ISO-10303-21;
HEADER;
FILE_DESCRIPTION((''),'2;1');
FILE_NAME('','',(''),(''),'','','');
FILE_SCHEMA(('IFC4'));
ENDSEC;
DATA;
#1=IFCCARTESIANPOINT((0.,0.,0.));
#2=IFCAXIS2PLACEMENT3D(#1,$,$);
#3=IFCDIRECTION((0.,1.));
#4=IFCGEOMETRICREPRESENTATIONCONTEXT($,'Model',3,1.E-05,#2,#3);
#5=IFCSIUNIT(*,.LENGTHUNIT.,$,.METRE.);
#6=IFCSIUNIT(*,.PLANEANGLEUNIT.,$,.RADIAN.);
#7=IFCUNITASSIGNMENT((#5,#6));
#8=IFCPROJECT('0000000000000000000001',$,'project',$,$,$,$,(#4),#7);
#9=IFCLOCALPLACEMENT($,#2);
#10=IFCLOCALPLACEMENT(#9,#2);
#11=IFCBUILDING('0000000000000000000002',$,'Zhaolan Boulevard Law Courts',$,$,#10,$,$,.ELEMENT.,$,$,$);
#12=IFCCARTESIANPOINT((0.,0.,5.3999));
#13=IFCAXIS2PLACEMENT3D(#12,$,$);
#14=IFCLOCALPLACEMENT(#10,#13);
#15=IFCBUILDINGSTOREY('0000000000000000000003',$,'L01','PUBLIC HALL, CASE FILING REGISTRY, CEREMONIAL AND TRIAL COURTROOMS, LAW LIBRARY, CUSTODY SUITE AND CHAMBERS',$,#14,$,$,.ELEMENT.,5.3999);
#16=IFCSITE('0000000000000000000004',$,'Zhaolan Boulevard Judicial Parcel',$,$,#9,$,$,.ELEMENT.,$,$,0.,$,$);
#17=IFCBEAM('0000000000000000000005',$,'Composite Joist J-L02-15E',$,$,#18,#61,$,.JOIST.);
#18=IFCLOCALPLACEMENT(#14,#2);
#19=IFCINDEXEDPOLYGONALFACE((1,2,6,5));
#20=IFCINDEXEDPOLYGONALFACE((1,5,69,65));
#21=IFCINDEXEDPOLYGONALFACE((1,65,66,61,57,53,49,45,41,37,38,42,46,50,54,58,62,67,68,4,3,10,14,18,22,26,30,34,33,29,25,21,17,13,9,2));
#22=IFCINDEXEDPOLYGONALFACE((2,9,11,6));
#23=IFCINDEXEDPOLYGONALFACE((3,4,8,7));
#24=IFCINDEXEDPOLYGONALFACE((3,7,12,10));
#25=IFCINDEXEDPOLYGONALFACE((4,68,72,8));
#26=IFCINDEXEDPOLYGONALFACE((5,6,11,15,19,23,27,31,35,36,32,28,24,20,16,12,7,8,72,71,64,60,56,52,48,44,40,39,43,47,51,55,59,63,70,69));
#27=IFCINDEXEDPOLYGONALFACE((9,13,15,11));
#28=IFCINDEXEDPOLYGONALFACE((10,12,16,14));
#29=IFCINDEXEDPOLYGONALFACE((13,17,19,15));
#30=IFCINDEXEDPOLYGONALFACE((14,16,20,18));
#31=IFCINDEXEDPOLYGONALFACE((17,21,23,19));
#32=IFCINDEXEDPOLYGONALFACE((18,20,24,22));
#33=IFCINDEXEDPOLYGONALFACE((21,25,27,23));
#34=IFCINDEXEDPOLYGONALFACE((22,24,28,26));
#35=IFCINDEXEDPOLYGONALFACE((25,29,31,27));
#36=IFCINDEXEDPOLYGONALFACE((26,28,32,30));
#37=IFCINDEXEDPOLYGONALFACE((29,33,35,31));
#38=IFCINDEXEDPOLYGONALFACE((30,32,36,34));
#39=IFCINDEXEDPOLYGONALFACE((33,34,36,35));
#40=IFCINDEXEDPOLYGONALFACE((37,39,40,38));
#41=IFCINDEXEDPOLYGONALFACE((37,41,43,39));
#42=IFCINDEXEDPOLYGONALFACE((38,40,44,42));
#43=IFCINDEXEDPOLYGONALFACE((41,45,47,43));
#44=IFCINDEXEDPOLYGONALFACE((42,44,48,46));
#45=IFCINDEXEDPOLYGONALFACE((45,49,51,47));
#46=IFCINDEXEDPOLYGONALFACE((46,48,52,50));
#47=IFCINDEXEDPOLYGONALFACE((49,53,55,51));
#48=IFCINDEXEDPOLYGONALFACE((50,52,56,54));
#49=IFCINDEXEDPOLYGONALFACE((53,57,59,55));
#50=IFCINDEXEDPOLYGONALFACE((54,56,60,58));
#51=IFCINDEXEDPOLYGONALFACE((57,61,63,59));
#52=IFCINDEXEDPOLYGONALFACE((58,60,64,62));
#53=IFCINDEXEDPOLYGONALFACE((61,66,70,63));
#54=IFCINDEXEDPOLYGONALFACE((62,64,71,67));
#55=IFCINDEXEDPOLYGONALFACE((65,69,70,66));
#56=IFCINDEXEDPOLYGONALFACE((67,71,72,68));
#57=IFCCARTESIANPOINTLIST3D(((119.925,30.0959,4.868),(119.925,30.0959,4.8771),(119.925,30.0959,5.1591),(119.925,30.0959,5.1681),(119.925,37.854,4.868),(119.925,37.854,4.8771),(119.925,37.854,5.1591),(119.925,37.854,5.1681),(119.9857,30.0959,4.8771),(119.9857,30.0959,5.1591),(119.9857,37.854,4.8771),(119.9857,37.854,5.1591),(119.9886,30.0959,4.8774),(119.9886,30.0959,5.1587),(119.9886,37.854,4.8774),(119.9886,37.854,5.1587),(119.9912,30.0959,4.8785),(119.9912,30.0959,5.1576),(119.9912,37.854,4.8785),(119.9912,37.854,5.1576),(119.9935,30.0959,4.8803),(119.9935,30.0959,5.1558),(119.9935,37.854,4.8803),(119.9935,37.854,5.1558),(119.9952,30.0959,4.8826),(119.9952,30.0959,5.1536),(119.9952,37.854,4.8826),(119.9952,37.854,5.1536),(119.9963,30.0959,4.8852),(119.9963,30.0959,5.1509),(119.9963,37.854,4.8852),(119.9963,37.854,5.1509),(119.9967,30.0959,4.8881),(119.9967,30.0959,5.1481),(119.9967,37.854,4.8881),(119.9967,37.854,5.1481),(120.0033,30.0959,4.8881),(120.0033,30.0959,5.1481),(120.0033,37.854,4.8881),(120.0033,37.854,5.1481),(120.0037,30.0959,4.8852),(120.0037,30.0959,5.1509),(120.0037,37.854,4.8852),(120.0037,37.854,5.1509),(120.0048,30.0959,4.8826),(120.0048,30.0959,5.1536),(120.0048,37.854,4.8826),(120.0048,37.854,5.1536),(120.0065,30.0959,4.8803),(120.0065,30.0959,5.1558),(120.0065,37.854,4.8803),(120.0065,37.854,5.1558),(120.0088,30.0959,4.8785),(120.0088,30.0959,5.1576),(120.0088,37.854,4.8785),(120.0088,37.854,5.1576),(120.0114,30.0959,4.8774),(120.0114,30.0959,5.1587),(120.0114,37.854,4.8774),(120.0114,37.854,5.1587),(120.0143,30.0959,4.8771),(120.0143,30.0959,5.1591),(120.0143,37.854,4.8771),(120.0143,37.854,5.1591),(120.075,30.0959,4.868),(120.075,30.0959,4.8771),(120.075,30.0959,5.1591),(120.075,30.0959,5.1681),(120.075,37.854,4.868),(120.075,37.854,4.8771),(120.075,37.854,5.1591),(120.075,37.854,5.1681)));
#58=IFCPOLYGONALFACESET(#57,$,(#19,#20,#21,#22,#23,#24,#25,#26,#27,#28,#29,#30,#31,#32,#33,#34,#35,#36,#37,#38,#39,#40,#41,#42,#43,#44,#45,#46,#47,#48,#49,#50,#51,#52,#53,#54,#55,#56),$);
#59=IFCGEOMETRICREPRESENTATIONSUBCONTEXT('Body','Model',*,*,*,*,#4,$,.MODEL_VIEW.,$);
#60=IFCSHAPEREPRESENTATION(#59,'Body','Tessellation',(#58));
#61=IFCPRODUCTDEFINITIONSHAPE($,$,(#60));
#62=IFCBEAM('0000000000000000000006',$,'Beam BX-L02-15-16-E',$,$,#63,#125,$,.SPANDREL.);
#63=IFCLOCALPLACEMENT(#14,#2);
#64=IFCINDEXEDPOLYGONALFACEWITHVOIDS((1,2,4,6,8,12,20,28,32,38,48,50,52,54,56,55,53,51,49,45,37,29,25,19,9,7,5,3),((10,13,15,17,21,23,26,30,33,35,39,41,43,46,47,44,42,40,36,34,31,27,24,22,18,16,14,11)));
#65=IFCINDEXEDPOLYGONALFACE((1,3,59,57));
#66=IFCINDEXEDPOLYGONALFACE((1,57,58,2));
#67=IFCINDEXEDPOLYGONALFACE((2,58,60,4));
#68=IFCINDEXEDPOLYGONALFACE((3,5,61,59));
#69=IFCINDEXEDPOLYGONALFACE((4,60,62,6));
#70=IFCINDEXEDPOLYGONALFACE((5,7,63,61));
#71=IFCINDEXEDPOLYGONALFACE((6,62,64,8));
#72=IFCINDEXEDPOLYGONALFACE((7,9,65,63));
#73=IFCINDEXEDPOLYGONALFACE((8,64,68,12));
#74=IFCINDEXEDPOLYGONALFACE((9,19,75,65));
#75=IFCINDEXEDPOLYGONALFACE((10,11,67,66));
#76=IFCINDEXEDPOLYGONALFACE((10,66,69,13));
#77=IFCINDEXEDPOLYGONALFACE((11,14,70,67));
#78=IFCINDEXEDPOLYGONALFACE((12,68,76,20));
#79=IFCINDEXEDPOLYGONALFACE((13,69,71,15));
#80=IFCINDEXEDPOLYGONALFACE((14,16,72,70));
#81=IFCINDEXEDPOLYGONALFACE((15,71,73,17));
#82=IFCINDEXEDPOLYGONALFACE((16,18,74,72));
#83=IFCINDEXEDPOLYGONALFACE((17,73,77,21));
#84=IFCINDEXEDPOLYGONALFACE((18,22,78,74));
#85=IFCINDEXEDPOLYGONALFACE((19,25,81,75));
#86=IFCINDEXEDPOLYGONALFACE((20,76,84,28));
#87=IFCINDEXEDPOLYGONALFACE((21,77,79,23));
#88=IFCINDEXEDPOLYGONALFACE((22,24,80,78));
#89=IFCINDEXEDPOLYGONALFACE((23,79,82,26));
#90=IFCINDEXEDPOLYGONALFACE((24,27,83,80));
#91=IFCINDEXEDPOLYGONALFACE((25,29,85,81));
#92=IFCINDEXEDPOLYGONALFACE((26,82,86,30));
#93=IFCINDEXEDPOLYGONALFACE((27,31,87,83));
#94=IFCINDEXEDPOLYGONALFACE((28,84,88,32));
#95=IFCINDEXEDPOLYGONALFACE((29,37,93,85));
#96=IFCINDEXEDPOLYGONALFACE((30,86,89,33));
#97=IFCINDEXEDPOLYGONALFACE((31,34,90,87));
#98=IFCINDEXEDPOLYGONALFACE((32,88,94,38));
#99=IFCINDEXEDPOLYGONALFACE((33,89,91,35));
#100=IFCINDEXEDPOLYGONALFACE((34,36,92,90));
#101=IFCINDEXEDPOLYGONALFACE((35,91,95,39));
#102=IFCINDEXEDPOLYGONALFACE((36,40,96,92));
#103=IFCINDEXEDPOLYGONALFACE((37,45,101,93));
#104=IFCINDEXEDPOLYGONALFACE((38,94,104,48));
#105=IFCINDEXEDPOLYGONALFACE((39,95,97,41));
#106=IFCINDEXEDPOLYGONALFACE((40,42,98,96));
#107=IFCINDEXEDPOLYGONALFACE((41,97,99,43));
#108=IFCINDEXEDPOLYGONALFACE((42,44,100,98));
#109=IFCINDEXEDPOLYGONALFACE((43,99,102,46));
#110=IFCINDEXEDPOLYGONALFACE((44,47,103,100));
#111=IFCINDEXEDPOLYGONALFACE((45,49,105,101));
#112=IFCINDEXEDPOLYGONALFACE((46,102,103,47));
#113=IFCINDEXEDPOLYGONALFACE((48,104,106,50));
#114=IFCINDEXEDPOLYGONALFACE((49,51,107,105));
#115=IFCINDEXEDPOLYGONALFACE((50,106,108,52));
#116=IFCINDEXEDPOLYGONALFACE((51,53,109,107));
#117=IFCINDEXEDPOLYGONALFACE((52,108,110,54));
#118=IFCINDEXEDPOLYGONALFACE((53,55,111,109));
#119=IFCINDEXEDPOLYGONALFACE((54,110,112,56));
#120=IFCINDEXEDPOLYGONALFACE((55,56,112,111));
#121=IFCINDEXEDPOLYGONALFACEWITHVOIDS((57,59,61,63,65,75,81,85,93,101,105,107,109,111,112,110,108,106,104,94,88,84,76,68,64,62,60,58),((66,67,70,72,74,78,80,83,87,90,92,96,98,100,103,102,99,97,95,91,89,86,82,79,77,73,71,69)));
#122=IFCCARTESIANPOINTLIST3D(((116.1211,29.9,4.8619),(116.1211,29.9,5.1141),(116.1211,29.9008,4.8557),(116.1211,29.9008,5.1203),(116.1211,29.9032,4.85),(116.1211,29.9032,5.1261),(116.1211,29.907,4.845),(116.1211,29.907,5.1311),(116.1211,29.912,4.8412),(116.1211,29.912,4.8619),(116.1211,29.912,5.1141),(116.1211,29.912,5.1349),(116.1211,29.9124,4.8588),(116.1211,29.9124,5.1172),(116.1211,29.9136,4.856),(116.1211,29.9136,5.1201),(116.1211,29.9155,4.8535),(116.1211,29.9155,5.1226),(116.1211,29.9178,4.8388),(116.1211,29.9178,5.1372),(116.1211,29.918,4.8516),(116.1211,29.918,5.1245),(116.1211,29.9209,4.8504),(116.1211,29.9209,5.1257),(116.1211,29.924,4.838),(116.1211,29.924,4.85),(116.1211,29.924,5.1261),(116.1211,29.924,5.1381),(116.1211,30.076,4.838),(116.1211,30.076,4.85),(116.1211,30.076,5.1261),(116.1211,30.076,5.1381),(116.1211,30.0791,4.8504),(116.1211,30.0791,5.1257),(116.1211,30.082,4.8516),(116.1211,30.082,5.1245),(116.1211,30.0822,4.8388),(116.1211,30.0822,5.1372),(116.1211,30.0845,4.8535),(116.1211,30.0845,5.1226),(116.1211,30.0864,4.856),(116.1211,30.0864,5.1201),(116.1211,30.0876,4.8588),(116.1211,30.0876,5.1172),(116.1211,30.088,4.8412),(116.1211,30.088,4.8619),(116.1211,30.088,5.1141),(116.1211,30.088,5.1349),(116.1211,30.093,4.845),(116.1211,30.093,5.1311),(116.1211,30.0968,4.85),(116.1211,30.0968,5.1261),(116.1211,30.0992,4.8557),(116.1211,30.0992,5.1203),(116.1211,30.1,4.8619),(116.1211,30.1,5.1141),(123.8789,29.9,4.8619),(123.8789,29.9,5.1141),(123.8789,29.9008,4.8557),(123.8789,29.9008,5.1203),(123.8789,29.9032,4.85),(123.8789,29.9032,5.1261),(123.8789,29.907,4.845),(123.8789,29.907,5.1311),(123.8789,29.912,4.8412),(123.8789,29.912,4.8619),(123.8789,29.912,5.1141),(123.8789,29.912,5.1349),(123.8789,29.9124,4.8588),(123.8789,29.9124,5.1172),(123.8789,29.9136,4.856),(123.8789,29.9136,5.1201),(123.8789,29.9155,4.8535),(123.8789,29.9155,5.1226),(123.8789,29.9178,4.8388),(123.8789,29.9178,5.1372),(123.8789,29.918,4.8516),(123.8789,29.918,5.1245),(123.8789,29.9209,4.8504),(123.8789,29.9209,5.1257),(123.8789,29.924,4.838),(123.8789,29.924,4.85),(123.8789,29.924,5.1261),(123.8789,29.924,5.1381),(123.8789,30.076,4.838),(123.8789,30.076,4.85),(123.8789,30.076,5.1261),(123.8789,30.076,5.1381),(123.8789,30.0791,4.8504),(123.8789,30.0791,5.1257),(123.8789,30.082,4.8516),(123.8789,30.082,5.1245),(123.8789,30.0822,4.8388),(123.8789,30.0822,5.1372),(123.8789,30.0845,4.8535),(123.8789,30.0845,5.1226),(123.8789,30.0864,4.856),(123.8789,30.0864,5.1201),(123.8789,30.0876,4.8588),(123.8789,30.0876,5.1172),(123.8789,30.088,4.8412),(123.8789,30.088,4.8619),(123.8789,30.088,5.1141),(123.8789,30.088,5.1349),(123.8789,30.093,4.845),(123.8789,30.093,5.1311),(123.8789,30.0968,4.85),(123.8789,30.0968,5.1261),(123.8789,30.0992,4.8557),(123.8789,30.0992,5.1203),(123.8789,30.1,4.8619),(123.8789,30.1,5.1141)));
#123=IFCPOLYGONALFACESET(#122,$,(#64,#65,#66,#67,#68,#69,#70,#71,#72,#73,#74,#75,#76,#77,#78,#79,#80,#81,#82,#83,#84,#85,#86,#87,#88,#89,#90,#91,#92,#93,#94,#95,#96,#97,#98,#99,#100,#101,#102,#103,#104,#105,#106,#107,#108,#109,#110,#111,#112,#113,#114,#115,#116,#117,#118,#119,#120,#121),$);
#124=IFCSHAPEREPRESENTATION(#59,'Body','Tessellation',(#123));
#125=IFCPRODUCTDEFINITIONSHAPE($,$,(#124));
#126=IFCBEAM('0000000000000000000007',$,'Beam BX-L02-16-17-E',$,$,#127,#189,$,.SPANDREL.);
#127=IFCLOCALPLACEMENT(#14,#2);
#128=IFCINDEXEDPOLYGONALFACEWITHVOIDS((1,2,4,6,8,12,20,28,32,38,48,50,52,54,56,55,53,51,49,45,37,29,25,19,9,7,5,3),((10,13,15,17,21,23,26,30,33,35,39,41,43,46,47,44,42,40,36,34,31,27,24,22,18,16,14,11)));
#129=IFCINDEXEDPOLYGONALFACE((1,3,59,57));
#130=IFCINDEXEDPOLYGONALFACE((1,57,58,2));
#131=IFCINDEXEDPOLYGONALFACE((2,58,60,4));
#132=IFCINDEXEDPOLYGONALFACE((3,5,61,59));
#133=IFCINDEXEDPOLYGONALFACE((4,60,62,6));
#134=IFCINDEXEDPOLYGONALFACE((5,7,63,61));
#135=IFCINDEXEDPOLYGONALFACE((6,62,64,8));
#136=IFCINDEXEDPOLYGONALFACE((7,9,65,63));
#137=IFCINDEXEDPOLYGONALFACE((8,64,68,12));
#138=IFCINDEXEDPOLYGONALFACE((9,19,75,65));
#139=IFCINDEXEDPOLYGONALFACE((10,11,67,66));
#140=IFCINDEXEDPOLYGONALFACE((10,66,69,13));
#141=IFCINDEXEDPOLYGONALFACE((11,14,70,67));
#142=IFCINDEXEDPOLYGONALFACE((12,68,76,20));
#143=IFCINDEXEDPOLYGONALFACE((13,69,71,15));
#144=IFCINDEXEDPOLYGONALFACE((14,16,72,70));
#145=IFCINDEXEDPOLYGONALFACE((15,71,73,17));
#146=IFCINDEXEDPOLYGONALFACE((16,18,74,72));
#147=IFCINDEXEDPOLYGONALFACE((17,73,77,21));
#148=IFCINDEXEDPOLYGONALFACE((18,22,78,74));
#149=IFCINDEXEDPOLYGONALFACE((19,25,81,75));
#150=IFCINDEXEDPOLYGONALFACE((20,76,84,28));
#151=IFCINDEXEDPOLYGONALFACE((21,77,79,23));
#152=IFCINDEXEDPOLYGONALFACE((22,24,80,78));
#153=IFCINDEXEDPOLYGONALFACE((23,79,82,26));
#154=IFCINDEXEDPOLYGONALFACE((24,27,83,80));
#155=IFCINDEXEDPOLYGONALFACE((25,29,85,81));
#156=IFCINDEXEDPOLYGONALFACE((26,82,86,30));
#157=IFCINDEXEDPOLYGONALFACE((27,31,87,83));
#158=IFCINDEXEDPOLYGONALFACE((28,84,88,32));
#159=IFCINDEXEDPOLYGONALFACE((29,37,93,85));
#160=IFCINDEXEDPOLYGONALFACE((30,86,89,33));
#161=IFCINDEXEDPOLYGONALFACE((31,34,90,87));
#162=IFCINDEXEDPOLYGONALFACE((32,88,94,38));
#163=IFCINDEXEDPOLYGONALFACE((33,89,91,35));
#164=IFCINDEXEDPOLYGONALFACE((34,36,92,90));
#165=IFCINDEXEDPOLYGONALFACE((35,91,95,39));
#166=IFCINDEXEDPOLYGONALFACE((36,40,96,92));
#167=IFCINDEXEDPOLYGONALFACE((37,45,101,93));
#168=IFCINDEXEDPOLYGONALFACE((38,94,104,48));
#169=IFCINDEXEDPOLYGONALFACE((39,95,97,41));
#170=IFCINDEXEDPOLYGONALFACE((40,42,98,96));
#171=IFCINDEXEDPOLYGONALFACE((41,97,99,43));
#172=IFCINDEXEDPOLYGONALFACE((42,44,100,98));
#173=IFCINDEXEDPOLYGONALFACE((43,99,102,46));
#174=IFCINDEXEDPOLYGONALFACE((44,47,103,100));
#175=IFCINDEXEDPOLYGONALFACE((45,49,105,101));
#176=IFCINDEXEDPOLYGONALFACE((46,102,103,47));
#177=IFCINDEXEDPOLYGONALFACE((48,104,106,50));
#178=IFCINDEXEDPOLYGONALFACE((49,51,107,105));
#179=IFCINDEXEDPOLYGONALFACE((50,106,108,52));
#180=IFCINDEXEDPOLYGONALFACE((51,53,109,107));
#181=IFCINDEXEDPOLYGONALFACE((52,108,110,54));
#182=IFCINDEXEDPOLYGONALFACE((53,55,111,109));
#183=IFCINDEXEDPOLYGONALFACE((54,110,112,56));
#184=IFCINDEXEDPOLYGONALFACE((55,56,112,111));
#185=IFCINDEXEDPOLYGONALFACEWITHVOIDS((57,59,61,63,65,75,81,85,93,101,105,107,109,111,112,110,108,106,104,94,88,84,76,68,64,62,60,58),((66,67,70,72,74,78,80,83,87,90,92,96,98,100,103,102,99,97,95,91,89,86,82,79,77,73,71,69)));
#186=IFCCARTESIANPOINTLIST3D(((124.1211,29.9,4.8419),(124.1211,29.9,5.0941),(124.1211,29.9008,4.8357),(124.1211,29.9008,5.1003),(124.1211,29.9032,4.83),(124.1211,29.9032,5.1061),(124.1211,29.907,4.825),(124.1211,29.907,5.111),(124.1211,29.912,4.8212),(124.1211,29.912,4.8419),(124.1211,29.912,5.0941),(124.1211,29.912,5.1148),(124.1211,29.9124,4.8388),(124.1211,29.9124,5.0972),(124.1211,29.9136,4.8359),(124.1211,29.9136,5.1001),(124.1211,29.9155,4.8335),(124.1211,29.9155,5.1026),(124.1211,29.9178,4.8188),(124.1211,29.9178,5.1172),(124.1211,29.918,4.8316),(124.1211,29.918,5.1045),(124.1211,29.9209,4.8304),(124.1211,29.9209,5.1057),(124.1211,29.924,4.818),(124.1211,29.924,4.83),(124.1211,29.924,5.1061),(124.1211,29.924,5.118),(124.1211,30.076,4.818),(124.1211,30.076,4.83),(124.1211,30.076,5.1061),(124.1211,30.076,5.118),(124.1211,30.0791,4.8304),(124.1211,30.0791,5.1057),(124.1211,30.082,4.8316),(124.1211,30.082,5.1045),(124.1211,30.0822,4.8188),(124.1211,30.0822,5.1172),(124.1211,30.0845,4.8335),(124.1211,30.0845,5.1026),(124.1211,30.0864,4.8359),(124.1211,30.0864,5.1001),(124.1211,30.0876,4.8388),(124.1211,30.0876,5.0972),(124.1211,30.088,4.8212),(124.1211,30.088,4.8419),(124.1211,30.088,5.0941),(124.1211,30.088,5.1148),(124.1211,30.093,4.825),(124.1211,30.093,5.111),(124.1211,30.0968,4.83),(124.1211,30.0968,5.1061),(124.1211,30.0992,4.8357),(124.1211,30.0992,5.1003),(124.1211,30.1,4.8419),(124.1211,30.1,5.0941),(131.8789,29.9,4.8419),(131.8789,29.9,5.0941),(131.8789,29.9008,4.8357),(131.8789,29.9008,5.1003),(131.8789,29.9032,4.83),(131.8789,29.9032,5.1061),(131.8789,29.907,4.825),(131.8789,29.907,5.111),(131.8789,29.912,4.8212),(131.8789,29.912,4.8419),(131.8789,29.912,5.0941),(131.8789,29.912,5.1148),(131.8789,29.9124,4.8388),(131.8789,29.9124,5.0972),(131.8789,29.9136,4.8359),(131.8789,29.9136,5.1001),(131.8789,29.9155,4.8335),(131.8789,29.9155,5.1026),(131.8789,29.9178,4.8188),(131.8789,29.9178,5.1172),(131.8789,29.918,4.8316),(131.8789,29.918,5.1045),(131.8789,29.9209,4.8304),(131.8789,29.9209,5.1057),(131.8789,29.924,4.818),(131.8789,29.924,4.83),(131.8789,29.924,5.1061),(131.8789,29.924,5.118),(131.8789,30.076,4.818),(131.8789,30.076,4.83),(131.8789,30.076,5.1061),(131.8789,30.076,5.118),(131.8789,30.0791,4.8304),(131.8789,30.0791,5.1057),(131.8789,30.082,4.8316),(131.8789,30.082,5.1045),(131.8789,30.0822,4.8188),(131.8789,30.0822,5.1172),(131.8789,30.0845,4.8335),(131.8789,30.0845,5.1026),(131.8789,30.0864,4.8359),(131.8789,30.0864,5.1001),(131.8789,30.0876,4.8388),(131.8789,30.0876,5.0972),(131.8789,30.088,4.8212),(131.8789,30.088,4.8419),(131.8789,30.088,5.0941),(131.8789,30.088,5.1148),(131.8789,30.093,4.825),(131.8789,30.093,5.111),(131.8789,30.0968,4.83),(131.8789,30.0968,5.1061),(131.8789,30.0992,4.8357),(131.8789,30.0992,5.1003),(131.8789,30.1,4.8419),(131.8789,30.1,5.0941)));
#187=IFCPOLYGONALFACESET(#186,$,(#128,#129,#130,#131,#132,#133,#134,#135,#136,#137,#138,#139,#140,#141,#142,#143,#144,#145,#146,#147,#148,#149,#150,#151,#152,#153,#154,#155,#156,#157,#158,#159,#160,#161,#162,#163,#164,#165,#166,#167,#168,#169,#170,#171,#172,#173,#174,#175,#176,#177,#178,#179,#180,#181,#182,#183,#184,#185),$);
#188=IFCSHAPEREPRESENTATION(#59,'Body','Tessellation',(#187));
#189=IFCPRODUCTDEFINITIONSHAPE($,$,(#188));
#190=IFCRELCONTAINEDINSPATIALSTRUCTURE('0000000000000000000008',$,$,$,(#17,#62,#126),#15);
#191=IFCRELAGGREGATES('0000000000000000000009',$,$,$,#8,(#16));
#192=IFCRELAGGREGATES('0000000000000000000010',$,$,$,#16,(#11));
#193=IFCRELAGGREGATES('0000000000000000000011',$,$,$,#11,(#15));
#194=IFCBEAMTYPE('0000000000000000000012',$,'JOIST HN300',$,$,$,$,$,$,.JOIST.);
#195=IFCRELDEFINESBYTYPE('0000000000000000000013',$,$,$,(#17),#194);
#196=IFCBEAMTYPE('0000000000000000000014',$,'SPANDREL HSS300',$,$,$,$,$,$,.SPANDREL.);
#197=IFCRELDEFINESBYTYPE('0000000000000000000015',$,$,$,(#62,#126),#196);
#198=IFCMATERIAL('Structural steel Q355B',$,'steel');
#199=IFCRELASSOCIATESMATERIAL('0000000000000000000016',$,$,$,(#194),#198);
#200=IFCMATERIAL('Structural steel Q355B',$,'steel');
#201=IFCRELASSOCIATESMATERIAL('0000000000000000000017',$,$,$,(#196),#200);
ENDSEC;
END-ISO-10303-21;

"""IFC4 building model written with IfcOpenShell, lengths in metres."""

from ifc_helpers import new_model, si_unit, direction, frame, origin, origin_2d, place, context, subcontext, project, spatial, hollow_rectangle, i_section, extrude, material, material_profile, profile_set, type_object, element, save


model = new_model("IFC4")

# Units and contexts
model_context = context("Model", 3, precision=1e-05, world=origin(), true_north=direction((0.0, 1.0)))
body_context = subcontext(model_context, "Body", "Model", "MODEL_VIEW")
ifc_project = project(units=[si_unit("LENGTHUNIT", "METRE"), si_unit("PLANEANGLEUNIT", "RADIAN")], contexts=[model_context])

# Site, building, storey
site_placement = place(None, origin())
site = spatial("IfcSite", under=ifc_project, at=site_placement, Name="Zhaolan Boulevard Judicial Parcel", CompositionType="ELEMENT", RefElevation=0.0)
building_placement = place(site_placement, origin())
building = spatial("IfcBuilding", under=site, at=building_placement, Name="Zhaolan Boulevard Law Courts", CompositionType="ELEMENT")
storey_placement = place(building_placement, frame((0.0, 0.0, 5.3999)))
storey = spatial("IfcBuildingStorey", under=building, at=storey_placement, Name="L01", Description="PUBLIC HALL, CASE FILING REGISTRY, CEREMONIAL AND TRIAL COURTROOMS, LAW LIBRARY, CUSTODY SUITE AND CHAMBERS", CompositionType="ELEMENT", Elevation=5.3999)

# Beams
ifc_material_1 = material(Name="Structural steel Q355B", Category="steel")
ifc_material_profile_1 = material_profile(ifc_material_1, i_section(OverallWidth=0.1499, OverallDepth=0.3, WebThickness=0.0066, FlangeThickness=0.009, FilletRadius=0.011, at=origin_2d()), Name="HN300x150")
ifc_profile_set_1 = profile_set([ifc_material_profile_1], Name="Structural steel Q355B")
beam_type_1 = type_object("IfcBeamType", Name="JOIST HN300", PredefinedType="JOIST", material=ifc_profile_set_1)
beam_1_placement = place(storey_placement, frame((120.0, 30.0959, 5.0181), z_axis=(0.0, 1.0, 0.0), x_axis=(-1.0, 0.0, 0.0)))
element("IfcBeam", 1, at=beam_1_placement, inside=storey, type_object=beam_type_1, Name="Composite Joist J-L02-15E", PredefinedType="JOIST", context=body_context, shape_type="SweptSolid", body=[
    extrude(i_section(OverallWidth=0.1499, OverallDepth=0.3, WebThickness=0.0066, FlangeThickness=0.009, FilletRadius=0.011, at=origin_2d()), origin(), (0.0, 0.0, 1.0), 7.7581),
])
ifc_material_2 = material(Name="Structural steel Q355B", Category="steel")
ifc_material_profile_2 = material_profile(ifc_material_2, hollow_rectangle(XDim=0.2, YDim=0.3, WallThickness=0.012, InnerFilletRadius=0.012, OuterFilletRadius=0.0239, at=origin_2d()), Name="HSS300x200x12")
ifc_profile_set_2 = profile_set([ifc_material_profile_2], Name="Structural steel Q355B")
beam_type_2 = type_object("IfcBeamType", Name="SPANDREL HSS300", PredefinedType="SPANDREL", material=ifc_profile_set_2)
for number, where, z_axis, x_axis, name in (
    (2, (116.1211, 30.0, 4.988), (1.0, 0.0, 0.0), (0.0, 1.0, 0.0), "Beam BX-L02-15-16-E"),
    (3, (124.1211, 30.0, 4.968), (1.0, 0.0, 0.0), (0.0, 1.0, 0.0), "Beam BX-L02-16-17-E"),
):
    element("IfcBeam", number, at=place(storey_placement, frame(where, z_axis=z_axis, x_axis=x_axis)), inside=storey, type_object=beam_type_2, Name=name, PredefinedType="SPANDREL", context=body_context, shape_type="SweptSolid", body=[
        extrude(hollow_rectangle(XDim=0.2, YDim=0.3, WallThickness=0.012, InnerFilletRadius=0.012, OuterFilletRadius=0.0239, at=origin_2d()), origin(), (0.0, 0.0, 1.0), 7.7578),
    ])

save(model, "model.ifc")
